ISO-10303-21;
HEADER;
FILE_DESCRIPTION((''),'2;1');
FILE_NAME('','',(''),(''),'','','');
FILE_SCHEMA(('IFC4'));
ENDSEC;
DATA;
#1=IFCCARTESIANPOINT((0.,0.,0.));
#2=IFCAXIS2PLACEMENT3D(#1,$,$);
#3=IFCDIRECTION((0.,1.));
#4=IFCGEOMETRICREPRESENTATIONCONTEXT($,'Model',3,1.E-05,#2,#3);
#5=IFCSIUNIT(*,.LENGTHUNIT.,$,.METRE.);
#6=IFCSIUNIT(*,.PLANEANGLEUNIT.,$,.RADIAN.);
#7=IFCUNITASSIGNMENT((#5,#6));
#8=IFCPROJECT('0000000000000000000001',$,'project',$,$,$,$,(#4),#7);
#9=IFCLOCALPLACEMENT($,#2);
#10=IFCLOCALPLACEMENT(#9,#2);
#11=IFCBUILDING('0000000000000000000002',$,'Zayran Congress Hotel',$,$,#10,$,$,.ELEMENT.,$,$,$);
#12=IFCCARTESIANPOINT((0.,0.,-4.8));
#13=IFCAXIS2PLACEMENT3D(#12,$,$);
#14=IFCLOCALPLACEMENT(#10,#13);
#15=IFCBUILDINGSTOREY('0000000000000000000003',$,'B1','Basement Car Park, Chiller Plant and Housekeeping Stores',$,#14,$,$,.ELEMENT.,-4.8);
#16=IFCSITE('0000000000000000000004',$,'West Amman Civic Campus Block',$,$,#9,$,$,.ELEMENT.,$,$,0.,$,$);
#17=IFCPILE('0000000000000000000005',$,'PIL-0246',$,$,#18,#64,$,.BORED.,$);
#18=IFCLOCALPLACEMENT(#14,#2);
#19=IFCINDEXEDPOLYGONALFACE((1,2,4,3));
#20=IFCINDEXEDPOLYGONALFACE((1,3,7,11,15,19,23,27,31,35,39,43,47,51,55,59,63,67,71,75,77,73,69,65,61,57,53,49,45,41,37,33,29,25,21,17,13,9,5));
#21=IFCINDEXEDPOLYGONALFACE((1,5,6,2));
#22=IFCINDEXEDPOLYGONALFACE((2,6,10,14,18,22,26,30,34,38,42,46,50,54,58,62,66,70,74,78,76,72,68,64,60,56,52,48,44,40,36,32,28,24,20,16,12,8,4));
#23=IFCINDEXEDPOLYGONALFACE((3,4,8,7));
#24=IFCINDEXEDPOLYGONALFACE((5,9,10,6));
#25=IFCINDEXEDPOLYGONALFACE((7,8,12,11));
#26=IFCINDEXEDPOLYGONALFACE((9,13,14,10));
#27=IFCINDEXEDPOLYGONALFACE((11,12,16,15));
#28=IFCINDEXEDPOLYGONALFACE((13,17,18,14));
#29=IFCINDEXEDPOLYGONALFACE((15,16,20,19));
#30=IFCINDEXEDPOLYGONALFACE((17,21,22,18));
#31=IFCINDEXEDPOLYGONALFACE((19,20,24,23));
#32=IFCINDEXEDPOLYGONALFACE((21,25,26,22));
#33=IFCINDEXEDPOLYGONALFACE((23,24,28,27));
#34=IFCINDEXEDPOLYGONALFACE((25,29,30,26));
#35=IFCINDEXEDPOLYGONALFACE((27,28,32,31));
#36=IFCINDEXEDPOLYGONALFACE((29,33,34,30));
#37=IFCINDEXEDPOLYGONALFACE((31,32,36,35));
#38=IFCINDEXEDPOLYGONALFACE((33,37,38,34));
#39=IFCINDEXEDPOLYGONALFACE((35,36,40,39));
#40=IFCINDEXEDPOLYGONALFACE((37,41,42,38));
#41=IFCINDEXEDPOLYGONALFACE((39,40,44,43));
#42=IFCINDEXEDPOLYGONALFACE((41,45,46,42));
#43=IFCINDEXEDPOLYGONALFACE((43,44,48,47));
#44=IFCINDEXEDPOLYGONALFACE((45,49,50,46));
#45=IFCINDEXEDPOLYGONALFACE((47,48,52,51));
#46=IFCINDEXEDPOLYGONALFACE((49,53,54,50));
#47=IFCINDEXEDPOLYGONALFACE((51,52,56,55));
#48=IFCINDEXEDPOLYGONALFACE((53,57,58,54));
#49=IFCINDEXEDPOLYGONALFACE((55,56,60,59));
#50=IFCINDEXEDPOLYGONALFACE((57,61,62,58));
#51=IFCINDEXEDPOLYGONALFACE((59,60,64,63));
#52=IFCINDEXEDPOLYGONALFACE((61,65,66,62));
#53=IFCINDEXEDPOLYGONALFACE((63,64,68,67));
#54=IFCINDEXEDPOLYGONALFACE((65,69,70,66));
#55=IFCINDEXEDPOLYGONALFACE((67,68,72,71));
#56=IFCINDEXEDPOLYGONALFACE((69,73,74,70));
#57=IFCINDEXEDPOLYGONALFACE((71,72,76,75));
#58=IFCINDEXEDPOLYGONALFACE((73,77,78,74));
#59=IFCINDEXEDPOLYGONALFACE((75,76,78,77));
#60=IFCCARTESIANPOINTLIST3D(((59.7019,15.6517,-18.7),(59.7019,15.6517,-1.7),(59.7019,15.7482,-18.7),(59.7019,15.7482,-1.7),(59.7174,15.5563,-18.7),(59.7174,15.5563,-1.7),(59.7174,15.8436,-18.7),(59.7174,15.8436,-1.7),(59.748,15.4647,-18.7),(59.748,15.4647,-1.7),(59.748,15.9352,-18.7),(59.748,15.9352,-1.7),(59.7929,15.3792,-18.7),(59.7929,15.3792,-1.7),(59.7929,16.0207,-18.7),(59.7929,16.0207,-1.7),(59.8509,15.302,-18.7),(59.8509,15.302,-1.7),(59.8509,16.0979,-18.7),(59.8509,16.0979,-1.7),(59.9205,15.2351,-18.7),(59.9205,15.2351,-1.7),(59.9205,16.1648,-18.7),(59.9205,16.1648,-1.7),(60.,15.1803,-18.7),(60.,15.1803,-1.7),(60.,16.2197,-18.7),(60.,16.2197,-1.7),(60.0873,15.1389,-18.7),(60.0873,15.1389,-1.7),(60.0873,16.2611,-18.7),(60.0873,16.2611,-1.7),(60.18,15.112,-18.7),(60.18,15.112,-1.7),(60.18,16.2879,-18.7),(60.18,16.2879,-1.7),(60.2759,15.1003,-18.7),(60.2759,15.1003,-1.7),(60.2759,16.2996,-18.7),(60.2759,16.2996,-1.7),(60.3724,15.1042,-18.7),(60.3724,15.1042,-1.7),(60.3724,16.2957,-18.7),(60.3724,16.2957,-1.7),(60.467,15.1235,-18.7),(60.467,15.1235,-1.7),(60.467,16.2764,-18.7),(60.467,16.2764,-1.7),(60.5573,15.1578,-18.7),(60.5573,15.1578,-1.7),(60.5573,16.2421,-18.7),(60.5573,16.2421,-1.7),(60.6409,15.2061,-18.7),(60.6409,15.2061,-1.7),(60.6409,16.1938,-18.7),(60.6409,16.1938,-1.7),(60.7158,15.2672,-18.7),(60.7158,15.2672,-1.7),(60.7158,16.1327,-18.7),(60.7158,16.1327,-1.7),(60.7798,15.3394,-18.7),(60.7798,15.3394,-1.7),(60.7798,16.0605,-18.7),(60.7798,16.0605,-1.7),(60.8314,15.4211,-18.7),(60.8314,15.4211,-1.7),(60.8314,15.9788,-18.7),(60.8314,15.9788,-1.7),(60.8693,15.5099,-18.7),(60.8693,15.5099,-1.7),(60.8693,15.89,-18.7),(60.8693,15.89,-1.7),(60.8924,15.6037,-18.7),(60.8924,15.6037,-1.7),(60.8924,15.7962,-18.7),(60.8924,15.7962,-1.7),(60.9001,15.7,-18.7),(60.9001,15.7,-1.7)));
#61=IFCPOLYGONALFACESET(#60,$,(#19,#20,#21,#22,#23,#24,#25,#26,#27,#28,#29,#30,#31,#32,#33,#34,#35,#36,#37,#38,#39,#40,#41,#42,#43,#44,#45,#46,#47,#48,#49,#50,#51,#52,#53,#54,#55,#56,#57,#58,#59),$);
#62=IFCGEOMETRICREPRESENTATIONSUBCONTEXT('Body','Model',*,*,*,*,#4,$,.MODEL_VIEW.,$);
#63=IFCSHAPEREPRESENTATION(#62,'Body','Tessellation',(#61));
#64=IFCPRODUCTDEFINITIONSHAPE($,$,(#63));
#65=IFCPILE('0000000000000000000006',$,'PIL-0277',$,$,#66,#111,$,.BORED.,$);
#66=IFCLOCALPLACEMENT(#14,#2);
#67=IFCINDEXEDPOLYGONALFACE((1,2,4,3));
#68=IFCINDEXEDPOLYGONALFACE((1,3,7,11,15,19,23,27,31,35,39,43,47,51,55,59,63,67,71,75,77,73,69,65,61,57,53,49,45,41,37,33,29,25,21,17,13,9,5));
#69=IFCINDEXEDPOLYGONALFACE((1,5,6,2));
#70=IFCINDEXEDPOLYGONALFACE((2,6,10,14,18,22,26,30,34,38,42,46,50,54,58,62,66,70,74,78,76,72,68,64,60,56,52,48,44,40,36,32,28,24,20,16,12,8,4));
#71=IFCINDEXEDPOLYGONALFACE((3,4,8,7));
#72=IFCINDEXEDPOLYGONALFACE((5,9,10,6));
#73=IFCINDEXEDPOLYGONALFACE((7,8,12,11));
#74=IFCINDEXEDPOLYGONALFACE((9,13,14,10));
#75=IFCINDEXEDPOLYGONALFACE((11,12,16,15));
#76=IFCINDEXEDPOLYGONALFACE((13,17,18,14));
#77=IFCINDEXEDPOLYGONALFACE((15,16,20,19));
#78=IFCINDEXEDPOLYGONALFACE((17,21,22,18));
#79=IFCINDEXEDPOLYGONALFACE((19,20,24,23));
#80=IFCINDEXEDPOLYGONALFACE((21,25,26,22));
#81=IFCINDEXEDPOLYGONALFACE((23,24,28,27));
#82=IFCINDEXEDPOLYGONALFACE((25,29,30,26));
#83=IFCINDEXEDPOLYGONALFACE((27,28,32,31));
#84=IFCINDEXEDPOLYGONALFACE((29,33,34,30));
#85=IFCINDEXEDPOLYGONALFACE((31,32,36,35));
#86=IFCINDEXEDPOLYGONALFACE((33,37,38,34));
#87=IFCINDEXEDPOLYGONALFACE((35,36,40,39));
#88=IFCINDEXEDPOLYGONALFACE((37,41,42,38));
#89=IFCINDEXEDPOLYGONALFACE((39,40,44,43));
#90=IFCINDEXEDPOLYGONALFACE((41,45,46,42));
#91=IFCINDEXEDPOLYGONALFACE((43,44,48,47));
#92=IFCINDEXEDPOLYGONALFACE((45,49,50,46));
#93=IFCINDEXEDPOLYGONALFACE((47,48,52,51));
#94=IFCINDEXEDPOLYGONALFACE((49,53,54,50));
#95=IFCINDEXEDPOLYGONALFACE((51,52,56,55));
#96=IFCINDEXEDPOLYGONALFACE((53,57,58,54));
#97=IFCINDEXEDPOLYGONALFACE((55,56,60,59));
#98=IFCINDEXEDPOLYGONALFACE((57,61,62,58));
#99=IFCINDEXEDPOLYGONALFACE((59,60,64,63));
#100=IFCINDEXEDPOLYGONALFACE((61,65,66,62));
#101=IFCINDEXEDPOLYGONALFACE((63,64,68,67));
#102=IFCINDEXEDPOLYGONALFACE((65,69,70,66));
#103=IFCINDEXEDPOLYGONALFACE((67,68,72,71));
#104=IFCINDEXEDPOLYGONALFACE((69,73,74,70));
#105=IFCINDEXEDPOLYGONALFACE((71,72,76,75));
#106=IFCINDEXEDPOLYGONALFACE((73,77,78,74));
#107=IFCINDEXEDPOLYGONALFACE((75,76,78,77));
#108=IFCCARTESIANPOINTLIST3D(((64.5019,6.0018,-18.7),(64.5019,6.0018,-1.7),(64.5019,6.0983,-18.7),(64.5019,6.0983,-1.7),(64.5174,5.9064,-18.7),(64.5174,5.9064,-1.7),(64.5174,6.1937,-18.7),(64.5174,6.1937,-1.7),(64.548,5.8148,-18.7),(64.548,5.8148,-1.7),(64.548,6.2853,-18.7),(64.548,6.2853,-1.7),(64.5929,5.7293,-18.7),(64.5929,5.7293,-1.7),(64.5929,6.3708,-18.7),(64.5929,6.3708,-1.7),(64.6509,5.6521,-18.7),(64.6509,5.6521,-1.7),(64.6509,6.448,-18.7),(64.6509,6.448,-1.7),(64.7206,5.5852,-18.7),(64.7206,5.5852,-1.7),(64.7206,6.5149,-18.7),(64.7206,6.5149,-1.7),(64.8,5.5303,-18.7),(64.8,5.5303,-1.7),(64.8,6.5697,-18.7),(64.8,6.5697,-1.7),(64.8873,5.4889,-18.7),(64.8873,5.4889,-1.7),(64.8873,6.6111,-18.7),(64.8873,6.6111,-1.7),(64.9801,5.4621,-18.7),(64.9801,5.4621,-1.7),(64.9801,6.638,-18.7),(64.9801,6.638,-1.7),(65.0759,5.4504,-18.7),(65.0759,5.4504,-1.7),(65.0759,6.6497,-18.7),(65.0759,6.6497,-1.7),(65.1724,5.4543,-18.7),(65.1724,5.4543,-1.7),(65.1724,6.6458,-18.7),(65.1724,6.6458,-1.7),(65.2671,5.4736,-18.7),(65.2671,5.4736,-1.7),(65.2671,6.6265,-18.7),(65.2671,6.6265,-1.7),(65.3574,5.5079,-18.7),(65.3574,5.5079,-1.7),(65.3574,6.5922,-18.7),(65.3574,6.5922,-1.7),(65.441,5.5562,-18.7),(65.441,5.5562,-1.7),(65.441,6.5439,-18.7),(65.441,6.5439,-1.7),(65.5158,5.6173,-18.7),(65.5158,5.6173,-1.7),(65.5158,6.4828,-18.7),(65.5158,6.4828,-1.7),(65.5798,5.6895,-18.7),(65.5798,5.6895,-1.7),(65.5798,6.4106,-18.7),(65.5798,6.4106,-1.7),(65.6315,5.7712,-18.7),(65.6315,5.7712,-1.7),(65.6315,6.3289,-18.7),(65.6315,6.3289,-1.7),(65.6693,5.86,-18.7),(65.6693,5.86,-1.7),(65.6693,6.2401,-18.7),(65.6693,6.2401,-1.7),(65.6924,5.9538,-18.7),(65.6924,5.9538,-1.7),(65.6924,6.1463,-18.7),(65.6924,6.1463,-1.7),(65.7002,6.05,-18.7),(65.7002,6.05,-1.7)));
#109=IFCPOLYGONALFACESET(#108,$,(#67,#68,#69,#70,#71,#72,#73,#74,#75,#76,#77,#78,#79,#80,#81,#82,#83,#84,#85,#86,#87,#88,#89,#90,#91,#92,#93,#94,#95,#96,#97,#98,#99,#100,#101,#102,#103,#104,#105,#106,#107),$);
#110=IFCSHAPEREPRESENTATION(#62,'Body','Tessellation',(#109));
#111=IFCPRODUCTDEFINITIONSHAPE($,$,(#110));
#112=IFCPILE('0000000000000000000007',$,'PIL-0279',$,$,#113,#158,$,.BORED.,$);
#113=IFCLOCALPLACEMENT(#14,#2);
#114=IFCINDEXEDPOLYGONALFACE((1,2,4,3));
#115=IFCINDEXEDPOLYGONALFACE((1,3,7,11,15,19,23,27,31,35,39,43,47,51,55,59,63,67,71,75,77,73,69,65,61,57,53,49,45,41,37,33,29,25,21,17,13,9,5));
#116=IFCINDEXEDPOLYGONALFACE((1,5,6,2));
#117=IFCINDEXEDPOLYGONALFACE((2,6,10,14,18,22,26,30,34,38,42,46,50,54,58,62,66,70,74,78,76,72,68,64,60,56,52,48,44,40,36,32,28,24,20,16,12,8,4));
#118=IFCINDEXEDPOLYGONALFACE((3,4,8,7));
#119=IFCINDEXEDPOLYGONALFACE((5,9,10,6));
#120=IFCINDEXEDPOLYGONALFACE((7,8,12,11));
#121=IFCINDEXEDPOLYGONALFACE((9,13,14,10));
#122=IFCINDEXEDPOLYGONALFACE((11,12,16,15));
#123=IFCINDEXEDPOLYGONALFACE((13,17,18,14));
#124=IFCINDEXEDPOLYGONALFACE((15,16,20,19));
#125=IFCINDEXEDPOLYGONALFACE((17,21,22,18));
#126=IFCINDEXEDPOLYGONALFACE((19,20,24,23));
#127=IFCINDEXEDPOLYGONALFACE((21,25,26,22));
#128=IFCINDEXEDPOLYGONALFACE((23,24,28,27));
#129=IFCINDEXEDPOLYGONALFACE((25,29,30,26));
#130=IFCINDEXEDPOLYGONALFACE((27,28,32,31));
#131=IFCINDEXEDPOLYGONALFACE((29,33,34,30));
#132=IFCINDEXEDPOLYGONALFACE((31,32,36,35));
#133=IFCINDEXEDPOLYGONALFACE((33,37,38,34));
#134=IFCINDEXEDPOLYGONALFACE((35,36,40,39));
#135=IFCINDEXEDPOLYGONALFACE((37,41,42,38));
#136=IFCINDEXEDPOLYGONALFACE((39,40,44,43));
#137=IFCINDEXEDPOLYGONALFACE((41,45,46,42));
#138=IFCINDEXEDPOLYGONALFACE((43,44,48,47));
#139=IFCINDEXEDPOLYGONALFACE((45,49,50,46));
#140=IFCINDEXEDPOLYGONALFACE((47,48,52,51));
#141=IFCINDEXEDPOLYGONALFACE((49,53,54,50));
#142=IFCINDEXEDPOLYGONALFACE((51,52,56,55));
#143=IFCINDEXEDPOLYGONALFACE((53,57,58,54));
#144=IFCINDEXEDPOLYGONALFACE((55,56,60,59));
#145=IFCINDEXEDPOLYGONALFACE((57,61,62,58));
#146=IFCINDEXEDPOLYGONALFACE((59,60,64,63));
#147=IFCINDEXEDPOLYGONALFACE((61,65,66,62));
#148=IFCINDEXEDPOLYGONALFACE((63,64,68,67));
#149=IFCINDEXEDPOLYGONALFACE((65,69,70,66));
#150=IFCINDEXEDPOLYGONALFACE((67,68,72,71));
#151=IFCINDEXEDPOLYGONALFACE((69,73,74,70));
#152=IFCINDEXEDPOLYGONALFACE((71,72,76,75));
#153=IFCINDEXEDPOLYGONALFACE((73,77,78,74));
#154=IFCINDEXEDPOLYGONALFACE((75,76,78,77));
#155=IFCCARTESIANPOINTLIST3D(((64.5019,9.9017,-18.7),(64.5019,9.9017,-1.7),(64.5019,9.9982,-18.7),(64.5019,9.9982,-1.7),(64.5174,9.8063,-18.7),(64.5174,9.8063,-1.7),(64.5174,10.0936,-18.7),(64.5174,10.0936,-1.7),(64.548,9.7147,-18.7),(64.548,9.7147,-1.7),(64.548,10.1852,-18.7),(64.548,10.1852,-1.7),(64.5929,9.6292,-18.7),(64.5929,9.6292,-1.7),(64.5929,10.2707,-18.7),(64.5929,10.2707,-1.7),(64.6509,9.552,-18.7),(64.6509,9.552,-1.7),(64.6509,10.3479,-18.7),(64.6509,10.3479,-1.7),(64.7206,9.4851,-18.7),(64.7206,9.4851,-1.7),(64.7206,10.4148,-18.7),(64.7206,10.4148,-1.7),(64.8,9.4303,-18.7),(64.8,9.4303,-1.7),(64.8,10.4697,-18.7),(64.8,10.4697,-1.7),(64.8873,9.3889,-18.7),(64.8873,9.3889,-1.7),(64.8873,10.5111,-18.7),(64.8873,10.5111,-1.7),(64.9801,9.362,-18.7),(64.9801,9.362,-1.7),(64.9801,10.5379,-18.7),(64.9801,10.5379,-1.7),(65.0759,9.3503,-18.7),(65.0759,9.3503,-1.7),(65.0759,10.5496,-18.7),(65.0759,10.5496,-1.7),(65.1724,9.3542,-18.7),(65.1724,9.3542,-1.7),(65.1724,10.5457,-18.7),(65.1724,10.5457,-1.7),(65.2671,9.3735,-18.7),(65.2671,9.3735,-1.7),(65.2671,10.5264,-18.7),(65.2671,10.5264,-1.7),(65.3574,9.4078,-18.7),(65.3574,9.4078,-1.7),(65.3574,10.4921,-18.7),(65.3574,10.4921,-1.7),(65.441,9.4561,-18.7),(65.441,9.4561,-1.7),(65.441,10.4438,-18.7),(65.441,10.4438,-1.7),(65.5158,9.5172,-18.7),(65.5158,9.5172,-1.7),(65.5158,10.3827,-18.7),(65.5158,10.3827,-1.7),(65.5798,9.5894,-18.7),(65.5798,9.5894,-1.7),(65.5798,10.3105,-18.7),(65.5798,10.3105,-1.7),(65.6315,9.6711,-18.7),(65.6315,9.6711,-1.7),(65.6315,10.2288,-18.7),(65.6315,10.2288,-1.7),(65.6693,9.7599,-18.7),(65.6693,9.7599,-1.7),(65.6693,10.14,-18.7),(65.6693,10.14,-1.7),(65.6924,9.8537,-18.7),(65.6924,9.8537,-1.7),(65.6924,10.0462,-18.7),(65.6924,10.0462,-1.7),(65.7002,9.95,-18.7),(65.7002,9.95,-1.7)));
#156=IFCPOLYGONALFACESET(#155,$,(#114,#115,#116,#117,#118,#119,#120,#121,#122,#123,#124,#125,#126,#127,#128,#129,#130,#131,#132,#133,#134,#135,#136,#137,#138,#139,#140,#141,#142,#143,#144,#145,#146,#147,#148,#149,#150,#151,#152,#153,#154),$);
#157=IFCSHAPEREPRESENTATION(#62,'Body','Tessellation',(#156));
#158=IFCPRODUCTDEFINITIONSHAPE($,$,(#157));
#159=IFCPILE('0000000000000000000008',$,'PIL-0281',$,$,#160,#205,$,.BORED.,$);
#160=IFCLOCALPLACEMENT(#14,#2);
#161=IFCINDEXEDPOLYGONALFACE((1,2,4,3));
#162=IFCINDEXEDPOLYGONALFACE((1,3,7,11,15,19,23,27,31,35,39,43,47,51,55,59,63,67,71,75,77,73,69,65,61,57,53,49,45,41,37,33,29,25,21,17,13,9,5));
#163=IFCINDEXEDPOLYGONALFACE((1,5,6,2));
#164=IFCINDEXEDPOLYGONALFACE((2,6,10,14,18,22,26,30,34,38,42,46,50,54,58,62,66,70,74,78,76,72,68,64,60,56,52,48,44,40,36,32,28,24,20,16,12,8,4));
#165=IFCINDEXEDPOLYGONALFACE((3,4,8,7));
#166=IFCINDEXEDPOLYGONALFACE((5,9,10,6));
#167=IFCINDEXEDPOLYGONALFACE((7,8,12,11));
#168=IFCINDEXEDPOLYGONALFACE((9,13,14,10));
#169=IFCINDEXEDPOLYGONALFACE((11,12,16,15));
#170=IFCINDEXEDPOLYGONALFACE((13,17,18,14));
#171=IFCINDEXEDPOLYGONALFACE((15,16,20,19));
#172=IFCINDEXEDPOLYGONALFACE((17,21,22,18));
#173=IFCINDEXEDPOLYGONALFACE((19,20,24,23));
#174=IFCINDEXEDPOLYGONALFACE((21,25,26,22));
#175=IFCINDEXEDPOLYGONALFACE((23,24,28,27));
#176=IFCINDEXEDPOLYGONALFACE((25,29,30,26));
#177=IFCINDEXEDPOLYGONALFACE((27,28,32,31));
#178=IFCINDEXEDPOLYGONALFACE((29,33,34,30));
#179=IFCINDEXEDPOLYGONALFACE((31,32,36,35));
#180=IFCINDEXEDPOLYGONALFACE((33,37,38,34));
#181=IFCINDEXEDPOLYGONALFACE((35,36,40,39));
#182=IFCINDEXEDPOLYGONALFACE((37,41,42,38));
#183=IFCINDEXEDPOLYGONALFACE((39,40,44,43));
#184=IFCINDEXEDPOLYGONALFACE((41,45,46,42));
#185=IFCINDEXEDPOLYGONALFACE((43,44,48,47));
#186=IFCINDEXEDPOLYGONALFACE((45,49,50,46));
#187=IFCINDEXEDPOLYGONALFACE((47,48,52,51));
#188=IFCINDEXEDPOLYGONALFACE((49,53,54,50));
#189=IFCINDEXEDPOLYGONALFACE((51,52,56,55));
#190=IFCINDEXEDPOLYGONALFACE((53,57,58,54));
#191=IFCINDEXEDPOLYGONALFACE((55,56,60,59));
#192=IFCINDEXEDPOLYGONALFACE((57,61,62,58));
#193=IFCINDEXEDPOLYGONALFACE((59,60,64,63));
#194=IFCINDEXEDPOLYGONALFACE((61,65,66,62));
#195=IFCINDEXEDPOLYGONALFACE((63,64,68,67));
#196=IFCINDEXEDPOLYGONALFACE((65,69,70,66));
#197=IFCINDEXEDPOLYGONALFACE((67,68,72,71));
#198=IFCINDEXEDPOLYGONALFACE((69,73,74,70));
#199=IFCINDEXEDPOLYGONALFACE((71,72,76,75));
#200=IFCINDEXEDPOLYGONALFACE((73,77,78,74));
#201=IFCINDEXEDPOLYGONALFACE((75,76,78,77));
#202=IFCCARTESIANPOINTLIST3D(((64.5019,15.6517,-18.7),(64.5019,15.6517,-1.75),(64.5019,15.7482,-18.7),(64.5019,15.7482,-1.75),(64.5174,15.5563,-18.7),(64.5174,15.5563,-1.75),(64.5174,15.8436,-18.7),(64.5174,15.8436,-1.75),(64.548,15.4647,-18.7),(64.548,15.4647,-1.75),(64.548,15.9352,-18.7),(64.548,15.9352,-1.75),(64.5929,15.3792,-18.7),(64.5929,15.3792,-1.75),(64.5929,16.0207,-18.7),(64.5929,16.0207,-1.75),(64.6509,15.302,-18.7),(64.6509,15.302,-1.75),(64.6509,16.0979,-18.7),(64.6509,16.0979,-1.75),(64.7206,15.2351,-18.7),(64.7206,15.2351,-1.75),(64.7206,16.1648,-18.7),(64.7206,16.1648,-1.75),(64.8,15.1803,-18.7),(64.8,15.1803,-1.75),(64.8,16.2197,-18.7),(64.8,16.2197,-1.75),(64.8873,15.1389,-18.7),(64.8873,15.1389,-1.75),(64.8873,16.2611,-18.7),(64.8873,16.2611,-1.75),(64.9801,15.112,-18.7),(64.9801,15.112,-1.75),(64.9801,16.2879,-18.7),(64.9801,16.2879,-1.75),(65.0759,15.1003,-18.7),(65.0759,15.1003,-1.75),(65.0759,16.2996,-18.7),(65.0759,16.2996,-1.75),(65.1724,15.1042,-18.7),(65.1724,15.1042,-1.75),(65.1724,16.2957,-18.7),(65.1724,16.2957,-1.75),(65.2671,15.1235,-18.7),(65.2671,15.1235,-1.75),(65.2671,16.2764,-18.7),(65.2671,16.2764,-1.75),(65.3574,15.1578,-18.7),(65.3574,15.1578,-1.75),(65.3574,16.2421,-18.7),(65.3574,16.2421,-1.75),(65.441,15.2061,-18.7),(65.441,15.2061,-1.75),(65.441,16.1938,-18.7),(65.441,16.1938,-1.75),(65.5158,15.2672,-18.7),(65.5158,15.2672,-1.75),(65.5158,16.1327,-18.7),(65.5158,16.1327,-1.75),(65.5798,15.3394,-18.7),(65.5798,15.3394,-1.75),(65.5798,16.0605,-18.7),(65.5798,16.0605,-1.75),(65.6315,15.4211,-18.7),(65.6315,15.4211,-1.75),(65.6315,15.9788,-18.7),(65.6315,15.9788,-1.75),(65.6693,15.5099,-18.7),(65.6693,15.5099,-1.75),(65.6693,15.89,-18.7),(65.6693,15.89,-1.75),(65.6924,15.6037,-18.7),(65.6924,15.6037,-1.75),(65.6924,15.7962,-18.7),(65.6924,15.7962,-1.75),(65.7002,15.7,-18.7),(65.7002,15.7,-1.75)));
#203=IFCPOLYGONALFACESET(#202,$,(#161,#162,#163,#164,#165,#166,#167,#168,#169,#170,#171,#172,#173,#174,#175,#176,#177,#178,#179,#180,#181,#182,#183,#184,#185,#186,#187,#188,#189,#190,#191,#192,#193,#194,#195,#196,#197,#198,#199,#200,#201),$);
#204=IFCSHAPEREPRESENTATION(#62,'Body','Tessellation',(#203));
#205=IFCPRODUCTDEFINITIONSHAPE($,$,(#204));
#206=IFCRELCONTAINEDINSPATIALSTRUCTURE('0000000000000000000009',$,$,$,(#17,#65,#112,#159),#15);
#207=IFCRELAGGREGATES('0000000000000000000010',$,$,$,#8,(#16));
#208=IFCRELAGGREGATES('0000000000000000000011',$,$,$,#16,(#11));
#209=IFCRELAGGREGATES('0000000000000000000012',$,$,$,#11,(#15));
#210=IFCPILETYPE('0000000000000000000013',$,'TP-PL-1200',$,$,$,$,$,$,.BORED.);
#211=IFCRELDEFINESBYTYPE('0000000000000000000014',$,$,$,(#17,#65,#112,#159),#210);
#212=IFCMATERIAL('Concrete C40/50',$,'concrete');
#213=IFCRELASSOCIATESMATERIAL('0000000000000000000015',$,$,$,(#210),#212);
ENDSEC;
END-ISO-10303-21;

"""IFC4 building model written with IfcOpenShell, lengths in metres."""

from ifc_helpers import new_model, si_unit, direction, frame, origin, origin_2d, place, context, subcontext, project, spatial, circle, extrude, material, material_profile, profile_set, type_object, element, save


model = new_model("IFC4")

# Units and contexts
model_context = context("Model", 3, precision=1e-05, world=origin(), true_north=direction((0.0, 1.0)))
body_context = subcontext(model_context, "Body", "Model", "MODEL_VIEW")
ifc_project = project(units=[si_unit("LENGTHUNIT", "METRE"), si_unit("PLANEANGLEUNIT", "RADIAN")], contexts=[model_context])

# Site, building, storey
site_placement = place(None, origin())
site = spatial("IfcSite", under=ifc_project, at=site_placement, Name="West Amman Civic Campus Block", CompositionType="ELEMENT", RefElevation=0.0)
building_placement = place(site_placement, origin())
building = spatial("IfcBuilding", under=site, at=building_placement, Name="Zayran Congress Hotel", CompositionType="ELEMENT")
storey_placement = place(building_placement, frame((0.0, 0.0, -4.8)))
storey = spatial("IfcBuildingStorey", under=building, at=storey_placement, Name="B1", Description="Basement Car Park, Chiller Plant and Housekeeping Stores", CompositionType="ELEMENT", Elevation=-4.8)

# Piles
ifc_material_1 = material(Name="Concrete C40/50", Category="concrete")
ifc_material_profile_1 = material_profile(ifc_material_1, circle(Radius=0.6001, at=origin_2d()), Name="PILE D1200")
ifc_profile_set_1 = profile_set([ifc_material_profile_1], Name="Concrete C40/50")
pile_type = type_object("IfcPileType", Name="TP-PL-1200", PredefinedType="BORED", material=ifc_profile_set_1)
for number, where, z_axis, x_axis, name in (
    (1, (60.3, 15.7, -1.7), (0.0, 0.0, -1.0), (1.0, 0.0, 0.0), "PIL-0246"),
    (2, (65.1001, 6.05, -1.7), (0.0, 0.0, -1.0), (1.0, 0.0, 0.0), "PIL-0277"),
    (3, (65.1001, 9.95, -1.7), (0.0, 0.0, -1.0), (1.0, 0.0, 0.0), "PIL-0279"),
):
    element("IfcPile", number, at=place(storey_placement, frame(where, z_axis=z_axis, x_axis=x_axis)), inside=storey, type_object=pile_type, Name=name, PredefinedType="BORED", context=body_context, shape_type="SweptSolid", body=[
        extrude(circle(Radius=0.6001, at=origin_2d()), origin(), (0.0, 0.0, 1.0), 17.0),
    ])
pile_placement = place(storey_placement, frame((65.1001, 15.7, -1.75), z_axis=(0.0, 0.0, -1.0), x_axis=(1.0, 0.0, 0.0)))
element("IfcPile", 4, at=pile_placement, inside=storey, type_object=pile_type, Name="PIL-0281", PredefinedType="BORED", context=body_context, shape_type="SweptSolid", body=[
    extrude(circle(Radius=0.6001, at=origin_2d()), origin(), (0.0, 0.0, 1.0), 16.95),
])

save(model, "model.ifc")
